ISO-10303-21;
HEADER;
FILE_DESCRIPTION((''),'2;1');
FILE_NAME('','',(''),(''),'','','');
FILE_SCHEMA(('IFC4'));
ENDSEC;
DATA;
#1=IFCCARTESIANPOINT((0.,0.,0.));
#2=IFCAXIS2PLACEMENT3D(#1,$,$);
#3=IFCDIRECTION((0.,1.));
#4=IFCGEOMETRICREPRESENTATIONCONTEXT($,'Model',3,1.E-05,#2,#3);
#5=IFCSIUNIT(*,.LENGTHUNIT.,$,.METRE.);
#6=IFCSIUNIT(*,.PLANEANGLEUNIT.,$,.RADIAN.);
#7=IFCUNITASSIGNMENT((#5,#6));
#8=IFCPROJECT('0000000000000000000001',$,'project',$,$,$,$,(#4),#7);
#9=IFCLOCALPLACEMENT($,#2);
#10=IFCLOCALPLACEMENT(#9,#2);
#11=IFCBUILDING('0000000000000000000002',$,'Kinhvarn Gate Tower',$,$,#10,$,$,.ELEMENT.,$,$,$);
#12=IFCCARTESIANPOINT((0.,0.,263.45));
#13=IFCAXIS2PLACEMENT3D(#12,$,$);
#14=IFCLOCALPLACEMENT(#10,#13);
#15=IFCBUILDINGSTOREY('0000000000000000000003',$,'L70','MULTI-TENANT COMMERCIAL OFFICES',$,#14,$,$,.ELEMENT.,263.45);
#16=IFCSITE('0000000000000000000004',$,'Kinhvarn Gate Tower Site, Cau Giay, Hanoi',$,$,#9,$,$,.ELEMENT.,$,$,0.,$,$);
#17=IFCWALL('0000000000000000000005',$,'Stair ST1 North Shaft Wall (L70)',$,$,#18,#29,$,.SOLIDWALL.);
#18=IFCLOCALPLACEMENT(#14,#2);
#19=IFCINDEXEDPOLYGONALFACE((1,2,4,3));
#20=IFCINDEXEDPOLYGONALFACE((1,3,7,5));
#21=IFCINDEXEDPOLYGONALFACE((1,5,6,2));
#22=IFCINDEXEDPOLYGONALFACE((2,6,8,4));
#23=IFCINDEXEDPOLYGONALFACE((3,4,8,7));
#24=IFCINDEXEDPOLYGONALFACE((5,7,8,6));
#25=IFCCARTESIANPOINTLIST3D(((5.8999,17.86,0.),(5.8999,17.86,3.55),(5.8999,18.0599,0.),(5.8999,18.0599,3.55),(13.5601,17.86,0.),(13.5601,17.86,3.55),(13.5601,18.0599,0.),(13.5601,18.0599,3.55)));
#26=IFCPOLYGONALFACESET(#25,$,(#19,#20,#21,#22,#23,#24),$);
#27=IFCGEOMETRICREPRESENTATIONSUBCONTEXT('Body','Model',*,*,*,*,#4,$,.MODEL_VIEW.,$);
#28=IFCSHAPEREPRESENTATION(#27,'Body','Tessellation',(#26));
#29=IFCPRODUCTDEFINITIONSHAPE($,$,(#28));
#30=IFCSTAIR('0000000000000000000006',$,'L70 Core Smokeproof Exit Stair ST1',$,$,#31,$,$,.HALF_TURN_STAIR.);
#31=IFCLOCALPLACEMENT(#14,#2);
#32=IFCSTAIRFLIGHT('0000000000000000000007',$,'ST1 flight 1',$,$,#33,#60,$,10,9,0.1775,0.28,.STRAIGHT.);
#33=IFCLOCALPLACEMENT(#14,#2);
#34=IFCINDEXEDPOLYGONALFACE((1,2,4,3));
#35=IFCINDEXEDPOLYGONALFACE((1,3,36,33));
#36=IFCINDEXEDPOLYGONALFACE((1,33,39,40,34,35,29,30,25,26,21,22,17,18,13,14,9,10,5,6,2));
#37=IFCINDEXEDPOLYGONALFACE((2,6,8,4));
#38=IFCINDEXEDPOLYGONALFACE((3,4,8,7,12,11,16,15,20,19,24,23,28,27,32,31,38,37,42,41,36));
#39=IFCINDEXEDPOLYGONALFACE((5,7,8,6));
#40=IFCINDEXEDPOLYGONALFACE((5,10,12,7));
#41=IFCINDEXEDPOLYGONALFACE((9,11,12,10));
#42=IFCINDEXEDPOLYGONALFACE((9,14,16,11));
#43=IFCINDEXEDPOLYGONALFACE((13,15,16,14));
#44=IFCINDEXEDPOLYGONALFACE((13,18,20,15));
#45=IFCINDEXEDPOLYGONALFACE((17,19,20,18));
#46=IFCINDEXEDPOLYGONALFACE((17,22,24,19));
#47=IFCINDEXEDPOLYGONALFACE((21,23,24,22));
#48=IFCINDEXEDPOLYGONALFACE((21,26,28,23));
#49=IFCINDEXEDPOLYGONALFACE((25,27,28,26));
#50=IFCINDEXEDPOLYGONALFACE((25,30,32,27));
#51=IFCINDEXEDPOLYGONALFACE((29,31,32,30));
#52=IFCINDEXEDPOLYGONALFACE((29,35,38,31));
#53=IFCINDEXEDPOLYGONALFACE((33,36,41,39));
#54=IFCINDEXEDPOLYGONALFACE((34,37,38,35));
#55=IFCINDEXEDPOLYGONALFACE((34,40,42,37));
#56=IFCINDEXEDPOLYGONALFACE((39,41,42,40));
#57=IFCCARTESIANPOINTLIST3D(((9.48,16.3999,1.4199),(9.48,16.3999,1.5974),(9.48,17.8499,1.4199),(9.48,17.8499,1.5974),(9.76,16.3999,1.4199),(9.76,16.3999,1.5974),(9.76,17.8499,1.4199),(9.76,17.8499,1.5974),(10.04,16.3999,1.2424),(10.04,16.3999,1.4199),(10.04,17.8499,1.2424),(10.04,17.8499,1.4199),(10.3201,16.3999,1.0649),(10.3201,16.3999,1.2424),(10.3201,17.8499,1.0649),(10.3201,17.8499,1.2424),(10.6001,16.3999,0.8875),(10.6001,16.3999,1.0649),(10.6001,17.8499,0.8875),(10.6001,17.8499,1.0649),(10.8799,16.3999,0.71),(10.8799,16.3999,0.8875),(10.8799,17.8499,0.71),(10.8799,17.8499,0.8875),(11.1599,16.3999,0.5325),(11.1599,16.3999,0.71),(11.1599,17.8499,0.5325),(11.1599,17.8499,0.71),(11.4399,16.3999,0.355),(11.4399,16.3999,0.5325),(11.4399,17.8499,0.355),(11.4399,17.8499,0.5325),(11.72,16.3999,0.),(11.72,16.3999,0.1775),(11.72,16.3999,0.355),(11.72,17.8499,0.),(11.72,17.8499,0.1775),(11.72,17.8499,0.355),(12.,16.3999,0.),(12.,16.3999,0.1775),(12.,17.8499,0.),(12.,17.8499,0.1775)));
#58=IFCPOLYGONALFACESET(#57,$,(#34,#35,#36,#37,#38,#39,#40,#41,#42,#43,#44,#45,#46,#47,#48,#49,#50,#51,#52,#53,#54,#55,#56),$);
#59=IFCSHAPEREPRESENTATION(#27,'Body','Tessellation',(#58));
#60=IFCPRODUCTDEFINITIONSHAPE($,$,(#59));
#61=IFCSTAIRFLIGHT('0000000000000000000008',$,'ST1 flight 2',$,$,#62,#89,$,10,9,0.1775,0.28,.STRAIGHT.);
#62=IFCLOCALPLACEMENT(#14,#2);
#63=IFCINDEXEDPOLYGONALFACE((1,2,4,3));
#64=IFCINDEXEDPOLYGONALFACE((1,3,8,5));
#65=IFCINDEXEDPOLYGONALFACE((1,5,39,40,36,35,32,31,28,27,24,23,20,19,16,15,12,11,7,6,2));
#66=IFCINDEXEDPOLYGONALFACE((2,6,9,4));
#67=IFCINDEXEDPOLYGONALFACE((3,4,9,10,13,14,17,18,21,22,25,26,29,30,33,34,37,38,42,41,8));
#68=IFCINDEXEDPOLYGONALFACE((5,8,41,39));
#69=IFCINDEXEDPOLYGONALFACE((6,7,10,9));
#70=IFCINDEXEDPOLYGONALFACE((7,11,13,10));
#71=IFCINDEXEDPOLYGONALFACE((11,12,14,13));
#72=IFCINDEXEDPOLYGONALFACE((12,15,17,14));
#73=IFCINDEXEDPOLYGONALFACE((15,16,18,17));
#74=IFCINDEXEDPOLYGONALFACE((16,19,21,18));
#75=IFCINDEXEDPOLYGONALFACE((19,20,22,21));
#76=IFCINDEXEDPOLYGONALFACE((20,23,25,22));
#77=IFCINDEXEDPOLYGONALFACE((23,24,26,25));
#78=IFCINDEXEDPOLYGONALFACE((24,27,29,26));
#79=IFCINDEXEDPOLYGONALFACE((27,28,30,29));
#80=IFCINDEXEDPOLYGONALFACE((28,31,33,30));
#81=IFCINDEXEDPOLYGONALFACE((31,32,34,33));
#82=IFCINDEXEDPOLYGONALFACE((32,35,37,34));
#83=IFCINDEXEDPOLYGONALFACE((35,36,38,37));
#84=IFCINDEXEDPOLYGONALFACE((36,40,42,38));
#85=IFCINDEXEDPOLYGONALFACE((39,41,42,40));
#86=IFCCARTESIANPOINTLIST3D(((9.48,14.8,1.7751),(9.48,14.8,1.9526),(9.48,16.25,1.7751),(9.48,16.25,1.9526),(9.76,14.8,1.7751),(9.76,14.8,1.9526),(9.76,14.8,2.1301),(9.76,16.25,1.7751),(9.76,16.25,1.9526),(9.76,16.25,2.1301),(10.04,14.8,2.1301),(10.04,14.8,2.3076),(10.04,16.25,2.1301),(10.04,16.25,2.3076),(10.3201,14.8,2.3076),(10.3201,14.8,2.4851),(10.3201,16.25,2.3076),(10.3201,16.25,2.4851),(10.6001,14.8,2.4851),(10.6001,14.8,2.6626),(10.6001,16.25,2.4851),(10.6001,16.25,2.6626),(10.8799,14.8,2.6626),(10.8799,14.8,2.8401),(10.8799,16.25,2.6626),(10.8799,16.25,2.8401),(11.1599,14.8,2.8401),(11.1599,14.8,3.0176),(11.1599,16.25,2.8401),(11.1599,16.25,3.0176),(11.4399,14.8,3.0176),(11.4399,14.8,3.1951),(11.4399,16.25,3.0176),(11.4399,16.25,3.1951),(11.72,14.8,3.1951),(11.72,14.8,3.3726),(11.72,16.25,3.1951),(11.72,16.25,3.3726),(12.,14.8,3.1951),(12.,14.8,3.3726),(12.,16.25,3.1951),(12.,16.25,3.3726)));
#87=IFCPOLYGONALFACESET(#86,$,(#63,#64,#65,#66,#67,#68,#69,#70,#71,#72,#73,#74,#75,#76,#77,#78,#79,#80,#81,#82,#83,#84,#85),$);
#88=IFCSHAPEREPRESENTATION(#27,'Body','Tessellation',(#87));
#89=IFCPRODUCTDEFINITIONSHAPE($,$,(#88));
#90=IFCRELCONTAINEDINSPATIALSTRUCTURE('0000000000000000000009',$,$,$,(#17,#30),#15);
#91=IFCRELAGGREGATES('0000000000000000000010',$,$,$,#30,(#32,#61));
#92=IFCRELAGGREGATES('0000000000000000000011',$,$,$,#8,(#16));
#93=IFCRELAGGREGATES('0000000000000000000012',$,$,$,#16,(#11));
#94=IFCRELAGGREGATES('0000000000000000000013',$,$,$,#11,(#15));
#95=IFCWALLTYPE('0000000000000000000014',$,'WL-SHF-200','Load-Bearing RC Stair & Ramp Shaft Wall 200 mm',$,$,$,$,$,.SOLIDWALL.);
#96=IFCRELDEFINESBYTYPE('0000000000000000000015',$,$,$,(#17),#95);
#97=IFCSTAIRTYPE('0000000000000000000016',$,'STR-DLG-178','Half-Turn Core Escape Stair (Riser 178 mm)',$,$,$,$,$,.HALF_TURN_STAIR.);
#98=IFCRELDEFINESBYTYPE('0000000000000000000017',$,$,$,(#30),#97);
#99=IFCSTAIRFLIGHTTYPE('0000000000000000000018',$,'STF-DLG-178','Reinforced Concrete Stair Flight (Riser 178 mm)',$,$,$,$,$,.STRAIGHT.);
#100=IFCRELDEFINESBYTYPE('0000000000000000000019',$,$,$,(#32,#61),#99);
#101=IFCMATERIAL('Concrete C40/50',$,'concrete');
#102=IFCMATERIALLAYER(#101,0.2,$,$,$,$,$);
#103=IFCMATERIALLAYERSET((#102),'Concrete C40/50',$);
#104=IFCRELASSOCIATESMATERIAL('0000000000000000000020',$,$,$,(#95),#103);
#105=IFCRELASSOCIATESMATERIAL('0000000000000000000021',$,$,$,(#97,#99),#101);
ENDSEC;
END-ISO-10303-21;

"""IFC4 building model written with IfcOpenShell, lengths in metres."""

from ifc_helpers import new_model, si_unit, direction, frame, frame_2d, origin, place, context, subcontext, project, spatial, polyline, rectangle, outline, extrude, material, layer, layer_set, type_object, element, aggregate, save


model = new_model("IFC4")

# Units and contexts
model_context = context("Model", 3, precision=1e-05, world=origin(), true_north=direction((0.0, 1.0)))
body_context = subcontext(model_context, "Body", "Model", "MODEL_VIEW")
ifc_project = project(units=[si_unit("LENGTHUNIT", "METRE"), si_unit("PLANEANGLEUNIT", "RADIAN")], contexts=[model_context])

# Site, building, storey
site_placement = place(None, origin())
site = spatial("IfcSite", under=ifc_project, at=site_placement, Name="Kinhvarn Gate Tower Site, Cau Giay, Hanoi", CompositionType="ELEMENT", RefElevation=0.0)
building_placement = place(site_placement, origin())
building = spatial("IfcBuilding", under=site, at=building_placement, Name="Kinhvarn Gate Tower", CompositionType="ELEMENT")
storey_placement = place(building_placement, frame((0.0, 0.0, 263.45)))
storey = spatial("IfcBuildingStorey", under=building, at=storey_placement, Name="L70", Description="MULTI-TENANT COMMERCIAL OFFICES", CompositionType="ELEMENT", Elevation=263.45)

# Wall
ifc_material_1 = material(Name="Concrete C40/50", Category="concrete")
ifc_layer_1 = layer(ifc_material_1, 0.2)
ifc_layer_set_1 = layer_set([ifc_layer_1], Name="Concrete C40/50")
wall_type_1 = type_object("IfcWallType", Name="WL-SHF-200", Description="Load-Bearing RC Stair & Ramp Shaft Wall 200 mm", PredefinedType="SOLIDWALL", material=ifc_layer_set_1)
wall_1_placement = place(storey_placement, frame((5.8999, 17.96, 0.0), z_axis=(0.0, 0.0, 1.0), x_axis=(1.0, 0.0, 0.0)))
element("IfcWall", 1, at=wall_1_placement, inside=storey, type_object=wall_type_1, Name="Stair ST1 North Shaft Wall (L70)", PredefinedType="SOLIDWALL", context=body_context, shape_type="SweptSolid", body=[
    extrude(rectangle(XDim=7.6602, YDim=0.2, at=frame_2d((3.8301, 0.0))), origin(), (0.0, 0.0, 1.0), 3.55),
])

# Stair, stair flights
stair_type = type_object("IfcStairType", Name="STR-DLG-178", Description="Half-Turn Core Escape Stair (Riser 178 mm)", PredefinedType="HALF_TURN_STAIR", material=ifc_material_1)
stair_placement = place(storey_placement, origin())
stair = element("IfcStair", 2, at=stair_placement, inside=storey, type_object=stair_type, Name="L70 Core Smokeproof Exit Stair ST1", PredefinedType="HALF_TURN_STAIR")
stair_flight_type = type_object("IfcStairFlightType", Name="STF-DLG-178", Description="Reinforced Concrete Stair Flight (Riser 178 mm)", PredefinedType="STRAIGHT", material=ifc_material_1)
stair_flight_1_placement = place(storey_placement, frame((12.0, 17.125, 0.0), z_axis=(0.0, 0.0, 1.0), x_axis=(-1.0, 0.0, 0.0)))
stair_flight_1 = element("IfcStairFlight", 3, at=stair_flight_1_placement, type_object=stair_flight_type, Name="ST1 flight 1", NumberOfRisers=10, NumberOfTreads=9, PredefinedType="STRAIGHT", RiserHeight=0.1775, TreadLength=0.28, context=body_context, shape_type="SweptSolid", body=[
    extrude(outline(polyline([(0.0, 0.0), (0.0, 0.1775), (0.28, 0.1775), (0.28, 0.355), (0.5601, 0.355), (0.5601, 0.5325), (0.8401, 0.5325), (0.8401, 0.71), (1.1201, 0.71), (1.1201, 0.8875), (1.3999, 0.8875), (1.3999, 1.0649), (1.6799, 1.0649), (1.6799, 1.2424), (1.96, 1.2424), (1.96, 1.4199), (2.24, 1.4199), (2.24, 1.5974), (2.52, 1.5974), (2.52, 1.7749), (2.52, 1.4199), (0.28, 0.0), (0.0, 0.0)])), frame((0.0, 0.7251, 0.0), z_axis=(0.0, -1.0, 0.0), x_axis=(1.0, 0.0, 0.0)), (0.0, 0.0, 1.0), 1.45),
])
stair_flight_2_placement = place(storey_placement, frame((9.48, 15.5249, 1.7751), z_axis=(0.0, 0.0, 1.0), x_axis=(1.0, 0.0, 0.0)))
stair_flight_2 = element("IfcStairFlight", 4, at=stair_flight_2_placement, type_object=stair_flight_type, Name="ST1 flight 2", NumberOfRisers=10, NumberOfTreads=9, PredefinedType="STRAIGHT", RiserHeight=0.1775, TreadLength=0.28, context=body_context, shape_type="SweptSolid", body=[
    extrude(outline(polyline([(0.0, 0.0), (0.0, 0.1775), (0.28, 0.1775), (0.28, 0.355), (0.5601, 0.355), (0.5601, 0.5325), (0.8401, 0.5325), (0.8401, 0.71), (1.1201, 0.71), (1.1201, 0.8875), (1.3999, 0.8875), (1.3999, 1.0649), (1.6799, 1.0649), (1.6799, 1.2424), (1.96, 1.2424), (1.96, 1.4199), (2.24, 1.4199), (2.24, 1.5974), (2.52, 1.5974), (2.52, 1.7749), (2.52, 1.4199), (0.28, 0.0), (0.0, 0.0)])), frame((0.0, 0.7251, 0.0), z_axis=(0.0, -1.0, 0.0), x_axis=(1.0, 0.0, 0.0)), (0.0, 0.0, 1.0), 1.45),
])
aggregate(stair, [stair_flight_1, stair_flight_2])

save(model, "model.ifc")
